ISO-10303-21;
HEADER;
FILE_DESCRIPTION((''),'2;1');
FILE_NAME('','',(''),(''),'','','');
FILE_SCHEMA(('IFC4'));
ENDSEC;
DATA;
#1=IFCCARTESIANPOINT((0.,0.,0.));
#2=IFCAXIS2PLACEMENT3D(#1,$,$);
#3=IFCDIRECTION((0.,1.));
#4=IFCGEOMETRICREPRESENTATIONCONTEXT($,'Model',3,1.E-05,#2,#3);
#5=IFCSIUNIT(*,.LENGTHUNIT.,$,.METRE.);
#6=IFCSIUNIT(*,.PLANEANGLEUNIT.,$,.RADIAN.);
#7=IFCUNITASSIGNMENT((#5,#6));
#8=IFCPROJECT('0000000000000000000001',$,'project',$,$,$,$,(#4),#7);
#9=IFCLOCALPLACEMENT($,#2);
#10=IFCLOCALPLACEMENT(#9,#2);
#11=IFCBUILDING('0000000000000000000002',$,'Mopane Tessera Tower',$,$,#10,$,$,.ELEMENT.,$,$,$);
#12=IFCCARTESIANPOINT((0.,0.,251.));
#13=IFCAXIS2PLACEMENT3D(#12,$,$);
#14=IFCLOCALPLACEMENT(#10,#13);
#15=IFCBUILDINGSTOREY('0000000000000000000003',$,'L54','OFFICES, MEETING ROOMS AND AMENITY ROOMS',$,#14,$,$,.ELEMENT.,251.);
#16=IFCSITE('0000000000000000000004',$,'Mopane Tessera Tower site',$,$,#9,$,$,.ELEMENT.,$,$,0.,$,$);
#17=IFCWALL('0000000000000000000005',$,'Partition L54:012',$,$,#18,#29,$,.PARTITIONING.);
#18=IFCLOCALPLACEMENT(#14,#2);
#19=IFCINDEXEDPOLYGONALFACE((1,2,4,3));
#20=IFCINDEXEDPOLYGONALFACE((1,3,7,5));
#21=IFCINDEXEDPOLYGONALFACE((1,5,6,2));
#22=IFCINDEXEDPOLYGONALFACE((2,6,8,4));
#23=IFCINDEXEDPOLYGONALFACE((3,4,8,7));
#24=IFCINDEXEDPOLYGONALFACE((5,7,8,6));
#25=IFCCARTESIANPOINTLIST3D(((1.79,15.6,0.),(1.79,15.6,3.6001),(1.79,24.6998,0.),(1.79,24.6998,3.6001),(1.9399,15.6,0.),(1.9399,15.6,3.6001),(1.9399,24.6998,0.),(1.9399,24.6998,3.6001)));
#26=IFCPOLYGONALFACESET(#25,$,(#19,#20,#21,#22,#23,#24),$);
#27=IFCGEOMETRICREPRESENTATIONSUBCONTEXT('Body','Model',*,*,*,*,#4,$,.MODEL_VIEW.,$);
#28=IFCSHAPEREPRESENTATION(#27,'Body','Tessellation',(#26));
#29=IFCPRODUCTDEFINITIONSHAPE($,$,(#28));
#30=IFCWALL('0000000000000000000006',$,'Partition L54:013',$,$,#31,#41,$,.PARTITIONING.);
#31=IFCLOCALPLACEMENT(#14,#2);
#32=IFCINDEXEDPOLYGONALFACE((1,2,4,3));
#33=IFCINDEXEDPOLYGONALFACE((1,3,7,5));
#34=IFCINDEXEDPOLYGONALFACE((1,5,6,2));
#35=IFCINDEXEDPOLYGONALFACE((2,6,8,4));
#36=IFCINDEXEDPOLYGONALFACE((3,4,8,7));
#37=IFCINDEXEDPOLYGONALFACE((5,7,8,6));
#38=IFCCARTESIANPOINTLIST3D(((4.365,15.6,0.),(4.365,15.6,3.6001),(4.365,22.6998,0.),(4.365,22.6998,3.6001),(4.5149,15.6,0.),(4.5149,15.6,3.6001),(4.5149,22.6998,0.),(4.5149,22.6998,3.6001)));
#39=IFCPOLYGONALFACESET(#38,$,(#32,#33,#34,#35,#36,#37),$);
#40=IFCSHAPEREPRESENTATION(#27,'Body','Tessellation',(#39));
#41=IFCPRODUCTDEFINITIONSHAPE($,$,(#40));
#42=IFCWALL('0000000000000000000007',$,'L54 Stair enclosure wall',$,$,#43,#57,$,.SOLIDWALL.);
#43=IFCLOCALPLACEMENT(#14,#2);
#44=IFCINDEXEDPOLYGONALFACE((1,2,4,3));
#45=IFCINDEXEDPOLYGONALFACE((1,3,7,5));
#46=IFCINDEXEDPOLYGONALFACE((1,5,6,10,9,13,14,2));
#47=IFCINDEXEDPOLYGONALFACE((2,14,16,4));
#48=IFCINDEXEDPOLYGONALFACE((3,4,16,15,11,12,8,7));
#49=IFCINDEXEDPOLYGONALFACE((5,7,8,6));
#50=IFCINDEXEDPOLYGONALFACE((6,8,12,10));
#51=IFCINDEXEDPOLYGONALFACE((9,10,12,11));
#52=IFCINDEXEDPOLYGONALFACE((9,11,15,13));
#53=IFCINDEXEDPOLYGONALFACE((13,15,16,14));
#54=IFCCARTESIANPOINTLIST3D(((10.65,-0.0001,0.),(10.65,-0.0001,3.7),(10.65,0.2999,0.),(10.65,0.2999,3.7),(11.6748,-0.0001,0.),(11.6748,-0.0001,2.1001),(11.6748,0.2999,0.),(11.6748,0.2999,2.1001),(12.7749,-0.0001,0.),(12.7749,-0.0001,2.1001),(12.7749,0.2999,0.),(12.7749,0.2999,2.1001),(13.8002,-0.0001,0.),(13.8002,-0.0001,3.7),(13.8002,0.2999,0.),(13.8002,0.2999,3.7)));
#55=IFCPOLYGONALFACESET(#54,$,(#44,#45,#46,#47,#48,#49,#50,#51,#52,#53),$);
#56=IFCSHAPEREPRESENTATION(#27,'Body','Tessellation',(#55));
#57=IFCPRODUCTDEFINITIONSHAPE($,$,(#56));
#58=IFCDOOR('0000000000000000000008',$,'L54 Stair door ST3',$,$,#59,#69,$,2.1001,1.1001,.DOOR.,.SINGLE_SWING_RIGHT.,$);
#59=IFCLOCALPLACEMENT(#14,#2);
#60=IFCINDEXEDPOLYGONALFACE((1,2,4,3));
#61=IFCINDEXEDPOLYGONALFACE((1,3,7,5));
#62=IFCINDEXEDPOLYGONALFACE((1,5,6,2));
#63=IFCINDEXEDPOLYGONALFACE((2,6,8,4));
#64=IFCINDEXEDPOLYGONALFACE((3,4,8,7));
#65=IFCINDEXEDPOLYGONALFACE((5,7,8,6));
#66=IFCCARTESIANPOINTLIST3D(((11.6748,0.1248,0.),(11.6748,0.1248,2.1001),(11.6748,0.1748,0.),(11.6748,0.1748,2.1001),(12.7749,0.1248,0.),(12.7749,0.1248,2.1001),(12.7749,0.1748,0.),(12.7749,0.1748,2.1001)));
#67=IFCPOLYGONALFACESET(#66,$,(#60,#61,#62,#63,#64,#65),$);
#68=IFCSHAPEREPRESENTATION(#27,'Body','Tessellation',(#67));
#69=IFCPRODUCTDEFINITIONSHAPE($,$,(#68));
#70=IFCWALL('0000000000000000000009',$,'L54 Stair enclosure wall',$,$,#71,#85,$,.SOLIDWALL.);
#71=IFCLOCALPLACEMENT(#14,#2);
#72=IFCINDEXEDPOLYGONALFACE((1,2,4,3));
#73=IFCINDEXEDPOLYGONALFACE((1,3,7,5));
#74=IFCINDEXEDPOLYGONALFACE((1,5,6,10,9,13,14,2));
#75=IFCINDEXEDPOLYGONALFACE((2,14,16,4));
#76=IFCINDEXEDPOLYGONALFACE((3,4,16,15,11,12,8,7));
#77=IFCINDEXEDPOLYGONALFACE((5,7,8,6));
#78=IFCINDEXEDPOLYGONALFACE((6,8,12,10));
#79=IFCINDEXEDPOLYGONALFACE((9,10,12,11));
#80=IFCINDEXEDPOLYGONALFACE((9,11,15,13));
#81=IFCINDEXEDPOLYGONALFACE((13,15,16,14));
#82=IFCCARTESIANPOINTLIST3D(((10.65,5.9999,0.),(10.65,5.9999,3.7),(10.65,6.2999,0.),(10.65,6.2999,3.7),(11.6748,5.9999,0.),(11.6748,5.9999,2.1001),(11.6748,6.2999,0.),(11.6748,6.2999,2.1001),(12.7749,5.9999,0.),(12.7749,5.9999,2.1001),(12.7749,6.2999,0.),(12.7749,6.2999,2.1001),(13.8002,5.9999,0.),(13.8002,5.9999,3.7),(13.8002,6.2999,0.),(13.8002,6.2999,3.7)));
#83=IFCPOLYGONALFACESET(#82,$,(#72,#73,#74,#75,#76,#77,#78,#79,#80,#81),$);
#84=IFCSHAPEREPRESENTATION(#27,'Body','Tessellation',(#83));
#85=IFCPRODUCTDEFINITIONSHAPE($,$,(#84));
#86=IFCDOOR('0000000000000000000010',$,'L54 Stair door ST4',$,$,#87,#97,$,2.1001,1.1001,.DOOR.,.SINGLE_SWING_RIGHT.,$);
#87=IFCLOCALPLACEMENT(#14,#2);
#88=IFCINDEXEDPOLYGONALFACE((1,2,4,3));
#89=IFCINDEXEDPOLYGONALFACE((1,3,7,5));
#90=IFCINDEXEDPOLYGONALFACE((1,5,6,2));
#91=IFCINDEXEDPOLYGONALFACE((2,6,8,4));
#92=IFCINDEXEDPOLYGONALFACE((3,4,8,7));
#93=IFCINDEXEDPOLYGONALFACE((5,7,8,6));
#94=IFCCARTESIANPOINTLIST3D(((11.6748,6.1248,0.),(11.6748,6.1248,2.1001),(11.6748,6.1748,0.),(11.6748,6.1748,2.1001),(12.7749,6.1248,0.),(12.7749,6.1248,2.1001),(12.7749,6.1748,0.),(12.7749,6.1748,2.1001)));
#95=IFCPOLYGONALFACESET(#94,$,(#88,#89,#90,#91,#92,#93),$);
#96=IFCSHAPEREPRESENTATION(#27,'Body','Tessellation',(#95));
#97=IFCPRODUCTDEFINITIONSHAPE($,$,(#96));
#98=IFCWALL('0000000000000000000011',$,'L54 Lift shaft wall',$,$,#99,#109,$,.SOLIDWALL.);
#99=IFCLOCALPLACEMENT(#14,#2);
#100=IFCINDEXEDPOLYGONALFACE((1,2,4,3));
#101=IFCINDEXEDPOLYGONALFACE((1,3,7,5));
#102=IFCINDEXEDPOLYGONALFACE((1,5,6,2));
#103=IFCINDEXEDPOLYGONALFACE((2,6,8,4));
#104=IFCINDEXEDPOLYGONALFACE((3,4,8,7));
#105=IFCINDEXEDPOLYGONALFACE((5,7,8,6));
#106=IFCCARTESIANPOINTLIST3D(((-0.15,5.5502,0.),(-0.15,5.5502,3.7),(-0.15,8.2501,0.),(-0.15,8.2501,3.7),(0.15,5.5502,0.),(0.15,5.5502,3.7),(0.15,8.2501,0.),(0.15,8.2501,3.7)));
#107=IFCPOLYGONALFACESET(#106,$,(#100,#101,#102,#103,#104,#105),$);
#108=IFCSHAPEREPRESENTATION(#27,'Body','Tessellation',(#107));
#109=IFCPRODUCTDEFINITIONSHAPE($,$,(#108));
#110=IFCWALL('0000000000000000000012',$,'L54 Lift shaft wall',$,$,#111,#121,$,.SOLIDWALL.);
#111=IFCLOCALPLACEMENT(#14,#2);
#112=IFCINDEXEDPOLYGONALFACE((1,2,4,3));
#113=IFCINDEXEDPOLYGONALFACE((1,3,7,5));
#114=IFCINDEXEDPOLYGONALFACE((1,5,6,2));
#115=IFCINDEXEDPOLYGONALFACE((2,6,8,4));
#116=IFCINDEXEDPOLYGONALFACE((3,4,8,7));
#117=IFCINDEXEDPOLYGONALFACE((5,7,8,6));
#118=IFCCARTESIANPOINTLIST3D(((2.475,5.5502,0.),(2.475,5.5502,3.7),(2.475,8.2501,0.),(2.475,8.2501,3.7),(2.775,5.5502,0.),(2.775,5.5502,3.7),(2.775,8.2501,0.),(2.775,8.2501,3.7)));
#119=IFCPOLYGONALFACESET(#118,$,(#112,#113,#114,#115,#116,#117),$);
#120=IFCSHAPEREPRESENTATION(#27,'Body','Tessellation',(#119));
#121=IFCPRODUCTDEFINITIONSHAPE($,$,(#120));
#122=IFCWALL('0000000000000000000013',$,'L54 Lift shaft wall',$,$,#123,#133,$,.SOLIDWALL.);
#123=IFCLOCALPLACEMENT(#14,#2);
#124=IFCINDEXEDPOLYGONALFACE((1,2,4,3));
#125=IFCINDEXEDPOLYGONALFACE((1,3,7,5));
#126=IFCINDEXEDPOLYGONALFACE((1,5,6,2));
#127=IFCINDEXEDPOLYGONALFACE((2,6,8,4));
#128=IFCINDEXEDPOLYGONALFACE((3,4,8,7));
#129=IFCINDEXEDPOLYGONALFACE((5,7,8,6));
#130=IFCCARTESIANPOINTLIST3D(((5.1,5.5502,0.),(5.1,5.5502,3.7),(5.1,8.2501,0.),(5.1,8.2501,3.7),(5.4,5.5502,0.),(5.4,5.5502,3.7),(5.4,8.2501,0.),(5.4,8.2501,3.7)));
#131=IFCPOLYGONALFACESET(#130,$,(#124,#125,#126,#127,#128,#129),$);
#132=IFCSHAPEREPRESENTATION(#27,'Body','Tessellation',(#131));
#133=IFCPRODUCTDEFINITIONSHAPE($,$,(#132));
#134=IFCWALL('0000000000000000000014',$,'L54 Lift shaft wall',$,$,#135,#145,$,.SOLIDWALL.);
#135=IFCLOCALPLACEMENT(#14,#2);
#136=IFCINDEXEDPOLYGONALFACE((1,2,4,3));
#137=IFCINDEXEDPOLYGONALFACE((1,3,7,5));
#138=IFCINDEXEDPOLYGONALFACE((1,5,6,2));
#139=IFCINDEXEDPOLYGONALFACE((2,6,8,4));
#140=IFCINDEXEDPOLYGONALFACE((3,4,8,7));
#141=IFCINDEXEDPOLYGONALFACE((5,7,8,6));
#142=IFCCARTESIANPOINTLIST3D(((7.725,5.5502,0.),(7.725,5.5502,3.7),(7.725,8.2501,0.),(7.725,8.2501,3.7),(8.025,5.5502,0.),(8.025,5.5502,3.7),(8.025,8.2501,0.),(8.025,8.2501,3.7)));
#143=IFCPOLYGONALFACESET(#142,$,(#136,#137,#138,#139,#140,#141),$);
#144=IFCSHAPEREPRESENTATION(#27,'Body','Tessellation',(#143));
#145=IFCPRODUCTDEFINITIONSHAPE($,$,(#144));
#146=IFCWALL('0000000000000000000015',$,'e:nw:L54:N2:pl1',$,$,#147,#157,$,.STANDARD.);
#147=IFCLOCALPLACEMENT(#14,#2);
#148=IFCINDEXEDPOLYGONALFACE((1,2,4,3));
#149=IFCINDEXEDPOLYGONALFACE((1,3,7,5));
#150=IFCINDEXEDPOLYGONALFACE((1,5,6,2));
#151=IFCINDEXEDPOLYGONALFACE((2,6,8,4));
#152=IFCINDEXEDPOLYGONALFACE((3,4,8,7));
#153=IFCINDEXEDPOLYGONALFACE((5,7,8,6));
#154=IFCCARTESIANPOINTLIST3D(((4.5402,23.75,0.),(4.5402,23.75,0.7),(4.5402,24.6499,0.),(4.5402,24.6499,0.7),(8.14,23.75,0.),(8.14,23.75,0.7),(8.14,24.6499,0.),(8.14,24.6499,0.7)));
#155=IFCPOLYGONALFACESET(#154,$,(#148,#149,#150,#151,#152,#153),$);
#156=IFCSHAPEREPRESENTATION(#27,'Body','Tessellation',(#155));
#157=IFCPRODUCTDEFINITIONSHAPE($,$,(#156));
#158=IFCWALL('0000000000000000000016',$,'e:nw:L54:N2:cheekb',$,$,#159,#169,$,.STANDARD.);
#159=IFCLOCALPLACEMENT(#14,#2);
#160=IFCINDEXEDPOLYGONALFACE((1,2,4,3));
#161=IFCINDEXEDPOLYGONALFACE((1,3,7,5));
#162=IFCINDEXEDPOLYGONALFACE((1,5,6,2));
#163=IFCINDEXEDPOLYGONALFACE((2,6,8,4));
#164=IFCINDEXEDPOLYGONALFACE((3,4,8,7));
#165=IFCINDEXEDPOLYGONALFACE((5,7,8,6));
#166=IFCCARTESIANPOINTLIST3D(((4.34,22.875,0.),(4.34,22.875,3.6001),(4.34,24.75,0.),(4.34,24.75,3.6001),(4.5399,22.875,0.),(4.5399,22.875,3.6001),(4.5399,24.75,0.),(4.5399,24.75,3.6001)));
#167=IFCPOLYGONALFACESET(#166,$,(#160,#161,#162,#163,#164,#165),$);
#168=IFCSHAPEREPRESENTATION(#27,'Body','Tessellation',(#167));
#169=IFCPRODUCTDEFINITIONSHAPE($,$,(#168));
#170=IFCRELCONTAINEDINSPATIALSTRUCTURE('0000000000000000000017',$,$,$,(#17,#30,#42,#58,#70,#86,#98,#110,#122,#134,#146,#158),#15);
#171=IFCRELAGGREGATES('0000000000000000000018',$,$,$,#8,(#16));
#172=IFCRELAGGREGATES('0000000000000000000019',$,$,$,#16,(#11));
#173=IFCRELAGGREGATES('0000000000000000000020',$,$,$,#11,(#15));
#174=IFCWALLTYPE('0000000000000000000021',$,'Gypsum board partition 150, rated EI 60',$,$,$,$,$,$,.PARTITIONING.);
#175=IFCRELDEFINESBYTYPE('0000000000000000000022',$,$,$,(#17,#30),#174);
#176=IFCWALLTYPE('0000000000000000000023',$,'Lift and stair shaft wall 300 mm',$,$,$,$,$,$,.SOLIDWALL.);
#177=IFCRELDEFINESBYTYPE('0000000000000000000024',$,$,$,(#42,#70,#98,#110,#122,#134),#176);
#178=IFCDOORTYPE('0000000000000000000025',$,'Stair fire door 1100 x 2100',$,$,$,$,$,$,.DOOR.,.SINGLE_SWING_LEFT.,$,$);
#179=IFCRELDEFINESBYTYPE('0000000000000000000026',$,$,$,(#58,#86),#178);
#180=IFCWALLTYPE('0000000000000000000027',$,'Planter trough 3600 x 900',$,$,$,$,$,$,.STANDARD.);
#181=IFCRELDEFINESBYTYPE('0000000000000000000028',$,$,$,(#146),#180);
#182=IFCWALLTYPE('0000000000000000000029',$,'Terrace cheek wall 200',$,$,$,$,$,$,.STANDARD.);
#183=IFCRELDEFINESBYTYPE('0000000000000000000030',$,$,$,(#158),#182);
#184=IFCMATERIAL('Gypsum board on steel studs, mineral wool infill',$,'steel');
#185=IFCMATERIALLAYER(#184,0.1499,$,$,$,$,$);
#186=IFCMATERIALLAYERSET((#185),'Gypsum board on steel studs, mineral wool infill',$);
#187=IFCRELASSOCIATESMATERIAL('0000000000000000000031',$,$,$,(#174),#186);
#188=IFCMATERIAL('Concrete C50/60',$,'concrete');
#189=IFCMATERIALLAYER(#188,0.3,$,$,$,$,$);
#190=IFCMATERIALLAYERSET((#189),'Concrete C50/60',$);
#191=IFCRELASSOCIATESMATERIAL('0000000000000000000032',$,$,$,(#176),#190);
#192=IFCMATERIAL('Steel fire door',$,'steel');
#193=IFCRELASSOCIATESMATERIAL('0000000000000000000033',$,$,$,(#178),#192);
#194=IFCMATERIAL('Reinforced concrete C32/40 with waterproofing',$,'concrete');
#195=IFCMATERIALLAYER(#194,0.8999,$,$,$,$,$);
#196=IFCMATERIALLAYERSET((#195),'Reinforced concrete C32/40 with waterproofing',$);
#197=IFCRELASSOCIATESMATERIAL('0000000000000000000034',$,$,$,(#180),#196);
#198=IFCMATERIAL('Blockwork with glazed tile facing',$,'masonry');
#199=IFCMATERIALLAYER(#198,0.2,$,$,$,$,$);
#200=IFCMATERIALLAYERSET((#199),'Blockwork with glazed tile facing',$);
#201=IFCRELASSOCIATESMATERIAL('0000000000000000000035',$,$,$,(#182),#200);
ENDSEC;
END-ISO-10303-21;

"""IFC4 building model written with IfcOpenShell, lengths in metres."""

from ifc_helpers import new_model, si_unit, direction, frame, frame_2d, origin, place, context, subcontext, project, spatial, rectangle, extrude, material, layer, layer_set, type_object, element, fill, save


model = new_model("IFC4")

# Units and contexts
model_context = context("Model", 3, precision=1e-05, world=origin(), true_north=direction((0.0, 1.0)))
body_context = subcontext(model_context, "Body", "Model", "MODEL_VIEW")
ifc_project = project(units=[si_unit("LENGTHUNIT", "METRE"), si_unit("PLANEANGLEUNIT", "RADIAN")], contexts=[model_context])

# Site, building, storey
site_placement = place(None, origin())
site = spatial("IfcSite", under=ifc_project, at=site_placement, Name="Mopane Tessera Tower site", CompositionType="ELEMENT", RefElevation=0.0)
building_placement = place(site_placement, origin())
building = spatial("IfcBuilding", under=site, at=building_placement, Name="Mopane Tessera Tower", CompositionType="ELEMENT")
storey_placement = place(building_placement, frame((0.0, 0.0, 251.0)))
storey = spatial("IfcBuildingStorey", under=building, at=storey_placement, Name="L54", Description="OFFICES, MEETING ROOMS AND AMENITY ROOMS", CompositionType="ELEMENT", Elevation=251.0)

# Walls
ifc_material_1 = material(Name="Gypsum board on steel studs, mineral wool infill", Category="steel")
ifc_layer_1 = layer(ifc_material_1, 0.1499)
ifc_layer_set_1 = layer_set([ifc_layer_1], Name="Gypsum board on steel studs, mineral wool infill")
wall_type_1 = type_object("IfcWallType", Name="Gypsum board partition 150, rated EI 60", PredefinedType="PARTITIONING", material=ifc_layer_set_1)
wall_1_placement = place(storey_placement, frame((1.865, 15.6001, 0.0), z_axis=(0.0, 0.0, 1.0), x_axis=(0.0, 1.0, 0.0)))
element("IfcWall", 1, at=wall_1_placement, inside=storey, type_object=wall_type_1, Name="Partition L54:012", PredefinedType="PARTITIONING", context=body_context, shape_type="SweptSolid", body=[
    extrude(rectangle(XDim=9.0999, YDim=0.1499, at=frame_2d((4.5498, 0.0))), origin(), (0.0, 0.0, 1.0), 3.6001),
])
wall_2_placement = place(storey_placement, frame((4.4399, 15.6001, 0.0), z_axis=(0.0, 0.0, 1.0), x_axis=(0.0, 1.0, 0.0)))
element("IfcWall", 2, at=wall_2_placement, inside=storey, type_object=wall_type_1, Name="Partition L54:013", PredefinedType="PARTITIONING", context=body_context, shape_type="SweptSolid", body=[
    extrude(rectangle(XDim=7.0999, YDim=0.1499, at=frame_2d((3.5498, 0.0))), origin(), (0.0, 0.0, 1.0), 3.6001),
])

# Walls, openings, doors
ifc_material_2 = material(Name="Concrete C50/60", Category="concrete")
ifc_layer_2 = layer(ifc_material_2, 0.3)
ifc_layer_set_2 = layer_set([ifc_layer_2], Name="Concrete C50/60")
wall_type_2 = type_object("IfcWallType", Name="Lift and stair shaft wall 300 mm", PredefinedType="SOLIDWALL", material=ifc_layer_set_2)
wall_3_placement = place(storey_placement, frame((10.6499, 0.1499, 0.0), z_axis=(0.0, 0.0, 1.0), x_axis=(1.0, 0.0, 0.0)))
wall_3 = element("IfcWall", 3, at=wall_3_placement, inside=storey, type_object=wall_type_2, Name="L54 Stair enclosure wall", PredefinedType="SOLIDWALL", context=body_context, shape_type="SweptSolid", body=[
    extrude(rectangle(XDim=3.1501, YDim=0.3, at=frame_2d((1.5752, 0.0))), origin(), (0.0, 0.0, 1.0), 3.7),
])
opening_1_placement = place(wall_3_placement, frame((1.0249, 0.0, 0.0)))
opening_1 = element("IfcOpeningElement", 4, at=opening_1_placement, cuts=wall_3, PredefinedType="OPENING", context=body_context, shape_type="SweptSolid", body=[
    extrude(rectangle(XDim=1.1001, YDim=2.1001, at=frame_2d((0.55, 1.05))), frame((0.0, 0.1621, 0.0), z_axis=(0.0, -1.0, 0.0), x_axis=(1.0, 0.0, 0.0)), (0.0, 0.0, 1.0), 0.324),
])
ifc_material_3 = material(Name="Steel fire door", Category="steel")
door_type = type_object("IfcDoorType", Name="Stair fire door 1100 x 2100", OperationType="SINGLE_SWING_LEFT", PredefinedType="DOOR", material=ifc_material_3)
door_1_placement = place(opening_1_placement, origin())
door_1 = element("IfcDoor", 5, at=door_1_placement, inside=storey, type_object=door_type, Name="L54 Stair door ST3", OperationType="SINGLE_SWING_RIGHT", OverallHeight=2.1001, OverallWidth=1.1001, PredefinedType="DOOR", context=body_context, shape_type="SweptSolid", body=[
    extrude(rectangle(XDim=1.1001, YDim=2.1001, at=frame_2d((0.55, 1.05))), frame((0.0, 0.0249, 0.0), z_axis=(0.0, -1.0, 0.0), x_axis=(1.0, 0.0, 0.0)), (0.0, 0.0, 1.0), 0.05),
])
fill(opening_1, door_1)
wall_4_placement = place(storey_placement, frame((10.6499, 6.1499, 0.0), z_axis=(0.0, 0.0, 1.0), x_axis=(1.0, 0.0, 0.0)))
wall_4 = element("IfcWall", 6, at=wall_4_placement, inside=storey, type_object=wall_type_2, Name="L54 Stair enclosure wall", PredefinedType="SOLIDWALL", context=body_context, shape_type="SweptSolid", body=[
    extrude(rectangle(XDim=3.1501, YDim=0.3, at=frame_2d((1.5752, 0.0))), origin(), (0.0, 0.0, 1.0), 3.7),
])
opening_2_placement = place(wall_4_placement, frame((1.0249, 0.0, 0.0)))
opening_2 = element("IfcOpeningElement", 7, at=opening_2_placement, cuts=wall_4, PredefinedType="OPENING", context=body_context, shape_type="SweptSolid", body=[
    extrude(rectangle(XDim=1.1001, YDim=2.1001, at=frame_2d((0.55, 1.05))), frame((0.0, 0.1621, 0.0), z_axis=(0.0, -1.0, 0.0), x_axis=(1.0, 0.0, 0.0)), (0.0, 0.0, 1.0), 0.324),
])
door_2_placement = place(opening_2_placement, origin())
door_2 = element("IfcDoor", 8, at=door_2_placement, inside=storey, type_object=door_type, Name="L54 Stair door ST4", OperationType="SINGLE_SWING_RIGHT", OverallHeight=2.1001, OverallWidth=1.1001, PredefinedType="DOOR", context=body_context, shape_type="SweptSolid", body=[
    extrude(rectangle(XDim=1.1001, YDim=2.1001, at=frame_2d((0.55, 1.05))), frame((0.0, 0.0249, 0.0), z_axis=(0.0, -1.0, 0.0), x_axis=(1.0, 0.0, 0.0)), (0.0, 0.0, 1.0), 0.05),
])
fill(opening_2, door_2)

# Walls
for number, where, z_axis, x_axis, name in (
    (9, (0.0, 5.55, 0.0), (0.0, 0.0, 1.0), (0.0, 1.0, 0.0), "L54 Lift shaft wall"),
    (10, (2.625, 5.55, 0.0), (0.0, 0.0, 1.0), (0.0, 1.0, 0.0), "L54 Lift shaft wall"),
    (11, (5.25, 5.55, 0.0), (0.0, 0.0, 1.0), (0.0, 1.0, 0.0), "L54 Lift shaft wall"),
    (12, (7.875, 5.55, 0.0), (0.0, 0.0, 1.0), (0.0, 1.0, 0.0), "L54 Lift shaft wall"),
):
    element("IfcWall", number, at=place(storey_placement, frame(where, z_axis=z_axis, x_axis=x_axis)), inside=storey, type_object=wall_type_2, Name=name, PredefinedType="SOLIDWALL", context=body_context, shape_type="SweptSolid", body=[
        extrude(rectangle(XDim=2.7, YDim=0.3, at=frame_2d((1.3501, 0.0))), origin(), (0.0, 0.0, 1.0), 3.7),
    ])
ifc_material_4 = material(Name="Reinforced concrete C32/40 with waterproofing", Category="concrete")
ifc_layer_3 = layer(ifc_material_4, 0.8999)
ifc_layer_set_3 = layer_set([ifc_layer_3], Name="Reinforced concrete C32/40 with waterproofing")
wall_type_3 = type_object("IfcWallType", Name="Planter trough 3600 x 900", PredefinedType="STANDARD", material=ifc_layer_set_3)
wall_5_placement = place(storey_placement, frame((8.1399, 24.2, 0.0), z_axis=(0.0, 0.0, 1.0), x_axis=(-1.0, 0.0, 0.0)))
element("IfcWall", 13, at=wall_5_placement, inside=storey, type_object=wall_type_3, Name="e:nw:L54:N2:pl1", PredefinedType="STANDARD", context=body_context, shape_type="SweptSolid", body=[
    extrude(rectangle(XDim=3.5999, YDim=0.8999, at=frame_2d((1.7998, 0.0))), origin(), (0.0, 0.0, 1.0), 0.7),
])
ifc_material_5 = material(Name="Blockwork with glazed tile facing", Category="masonry")
ifc_layer_4 = layer(ifc_material_5, 0.2)
ifc_layer_set_4 = layer_set([ifc_layer_4], Name="Blockwork with glazed tile facing")
wall_type_4 = type_object("IfcWallType", Name="Terrace cheek wall 200", PredefinedType="STANDARD", material=ifc_layer_set_4)
wall_6_placement = place(storey_placement, frame((4.4399, 24.75, 0.0), z_axis=(0.0, 0.0, 1.0), x_axis=(0.0, -1.0, 0.0)))
element("IfcWall", 14, at=wall_6_placement, inside=storey, type_object=wall_type_4, Name="e:nw:L54:N2:cheekb", PredefinedType="STANDARD", context=body_context, shape_type="SweptSolid", body=[
    extrude(rectangle(XDim=1.875, YDim=0.2, at=frame_2d((0.9375, 0.0))), origin(), (0.0, 0.0, 1.0), 3.6001),
])

save(model, "model.ifc")
